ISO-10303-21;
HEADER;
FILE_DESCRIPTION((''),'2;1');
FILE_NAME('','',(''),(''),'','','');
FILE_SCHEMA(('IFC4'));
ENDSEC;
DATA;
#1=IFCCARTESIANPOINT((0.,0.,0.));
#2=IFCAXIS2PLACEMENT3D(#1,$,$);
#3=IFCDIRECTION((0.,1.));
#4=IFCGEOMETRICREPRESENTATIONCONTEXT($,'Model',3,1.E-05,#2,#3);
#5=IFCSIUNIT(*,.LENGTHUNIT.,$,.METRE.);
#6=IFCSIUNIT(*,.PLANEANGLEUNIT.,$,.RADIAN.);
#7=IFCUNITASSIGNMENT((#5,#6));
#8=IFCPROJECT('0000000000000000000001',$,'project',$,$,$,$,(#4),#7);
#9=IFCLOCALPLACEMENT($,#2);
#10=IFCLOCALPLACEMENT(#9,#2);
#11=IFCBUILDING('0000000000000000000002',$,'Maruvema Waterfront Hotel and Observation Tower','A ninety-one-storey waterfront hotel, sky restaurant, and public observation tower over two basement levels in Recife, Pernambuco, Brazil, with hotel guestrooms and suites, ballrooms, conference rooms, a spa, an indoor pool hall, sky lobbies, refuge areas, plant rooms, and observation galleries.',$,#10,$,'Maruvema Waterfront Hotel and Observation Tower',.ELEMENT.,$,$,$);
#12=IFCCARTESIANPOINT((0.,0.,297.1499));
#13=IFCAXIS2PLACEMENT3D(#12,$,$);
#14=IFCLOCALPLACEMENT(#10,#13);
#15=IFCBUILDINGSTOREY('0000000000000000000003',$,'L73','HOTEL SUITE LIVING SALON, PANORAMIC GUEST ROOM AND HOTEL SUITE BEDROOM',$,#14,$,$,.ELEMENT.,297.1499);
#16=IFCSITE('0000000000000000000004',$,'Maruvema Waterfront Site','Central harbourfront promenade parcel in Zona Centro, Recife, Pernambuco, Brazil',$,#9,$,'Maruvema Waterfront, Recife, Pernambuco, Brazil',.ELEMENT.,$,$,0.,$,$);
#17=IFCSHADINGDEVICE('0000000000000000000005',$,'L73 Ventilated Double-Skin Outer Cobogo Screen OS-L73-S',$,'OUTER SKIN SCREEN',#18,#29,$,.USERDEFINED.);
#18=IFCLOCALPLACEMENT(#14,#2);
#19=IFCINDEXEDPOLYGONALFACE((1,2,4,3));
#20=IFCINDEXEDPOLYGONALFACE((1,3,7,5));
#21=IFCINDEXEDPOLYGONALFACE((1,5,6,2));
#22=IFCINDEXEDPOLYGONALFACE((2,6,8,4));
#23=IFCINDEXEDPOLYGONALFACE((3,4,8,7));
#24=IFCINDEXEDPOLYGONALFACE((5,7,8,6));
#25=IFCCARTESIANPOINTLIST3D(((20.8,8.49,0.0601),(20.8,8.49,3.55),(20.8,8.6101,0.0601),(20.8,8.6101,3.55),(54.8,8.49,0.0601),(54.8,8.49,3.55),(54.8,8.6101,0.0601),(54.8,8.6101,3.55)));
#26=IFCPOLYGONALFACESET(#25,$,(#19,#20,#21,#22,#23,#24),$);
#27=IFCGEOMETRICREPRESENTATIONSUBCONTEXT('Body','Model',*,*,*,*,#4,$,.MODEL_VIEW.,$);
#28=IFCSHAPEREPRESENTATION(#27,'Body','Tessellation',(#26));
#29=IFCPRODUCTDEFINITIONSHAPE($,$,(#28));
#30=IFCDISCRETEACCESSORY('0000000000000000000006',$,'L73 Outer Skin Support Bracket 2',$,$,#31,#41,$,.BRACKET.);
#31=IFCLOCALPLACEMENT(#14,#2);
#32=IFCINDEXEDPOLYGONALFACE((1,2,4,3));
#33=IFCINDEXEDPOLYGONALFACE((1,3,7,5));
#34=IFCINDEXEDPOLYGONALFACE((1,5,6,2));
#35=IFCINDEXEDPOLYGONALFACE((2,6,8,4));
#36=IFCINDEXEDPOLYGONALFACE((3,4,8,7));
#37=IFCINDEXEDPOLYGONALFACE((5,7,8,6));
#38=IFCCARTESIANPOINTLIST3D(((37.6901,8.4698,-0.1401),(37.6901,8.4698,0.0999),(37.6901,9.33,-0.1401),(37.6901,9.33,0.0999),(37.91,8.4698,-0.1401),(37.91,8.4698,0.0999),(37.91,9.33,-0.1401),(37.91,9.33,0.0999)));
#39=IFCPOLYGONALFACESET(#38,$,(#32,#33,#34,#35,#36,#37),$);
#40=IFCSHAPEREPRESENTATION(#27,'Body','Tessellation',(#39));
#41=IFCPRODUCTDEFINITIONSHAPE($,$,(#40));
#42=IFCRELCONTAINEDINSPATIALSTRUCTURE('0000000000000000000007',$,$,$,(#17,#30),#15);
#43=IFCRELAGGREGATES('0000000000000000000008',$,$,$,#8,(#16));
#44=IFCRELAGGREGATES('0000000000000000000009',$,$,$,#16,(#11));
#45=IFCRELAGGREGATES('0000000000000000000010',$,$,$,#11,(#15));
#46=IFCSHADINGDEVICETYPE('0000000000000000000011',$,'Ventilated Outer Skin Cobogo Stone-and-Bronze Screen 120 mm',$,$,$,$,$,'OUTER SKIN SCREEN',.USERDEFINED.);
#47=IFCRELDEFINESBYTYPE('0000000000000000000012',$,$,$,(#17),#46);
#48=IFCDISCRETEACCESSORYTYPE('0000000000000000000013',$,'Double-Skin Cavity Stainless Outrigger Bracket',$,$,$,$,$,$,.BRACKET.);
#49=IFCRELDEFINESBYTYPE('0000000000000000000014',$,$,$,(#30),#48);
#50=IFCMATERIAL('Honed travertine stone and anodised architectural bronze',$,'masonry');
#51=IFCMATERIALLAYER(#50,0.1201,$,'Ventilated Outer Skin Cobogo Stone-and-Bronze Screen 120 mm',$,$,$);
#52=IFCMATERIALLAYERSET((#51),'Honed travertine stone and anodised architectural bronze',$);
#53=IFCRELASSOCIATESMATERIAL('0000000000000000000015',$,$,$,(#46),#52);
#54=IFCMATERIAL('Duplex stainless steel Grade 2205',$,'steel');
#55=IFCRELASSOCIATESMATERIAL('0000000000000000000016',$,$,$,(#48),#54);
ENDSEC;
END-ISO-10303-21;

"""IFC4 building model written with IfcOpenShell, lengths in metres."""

from ifc_helpers import new_model, si_unit, direction, frame, origin, origin_2d, place, context, subcontext, project, spatial, rectangle, extrude, material, layer, layer_set, type_object, element, save


model = new_model("IFC4")

# Units and contexts
model_context = context("Model", 3, precision=1e-05, world=origin(), true_north=direction((0.0, 1.0)))
body_context = subcontext(model_context, "Body", "Model", "MODEL_VIEW")
ifc_project = project(units=[si_unit("LENGTHUNIT", "METRE"), si_unit("PLANEANGLEUNIT", "RADIAN")], contexts=[model_context])

# Site, building, storey
site_placement = place(None, origin())
site = spatial("IfcSite", under=ifc_project, at=site_placement, Name="Maruvema Waterfront Site", Description="Central harbourfront promenade parcel in Zona Centro, Recife, Pernambuco, Brazil", LongName="Maruvema Waterfront, Recife, Pernambuco, Brazil", CompositionType="ELEMENT", RefElevation=0.0)
building_placement = place(site_placement, origin())
building = spatial("IfcBuilding", under=site, at=building_placement, Name="Maruvema Waterfront Hotel and Observation Tower", Description="A ninety-one-storey waterfront hotel, sky restaurant, and public observation tower over two basement levels in Recife, Pernambuco, Brazil, with hotel guestrooms and suites, ballrooms, conference rooms, a spa, an indoor pool hall, sky lobbies, refuge areas, plant rooms, and observation galleries.", LongName="Maruvema Waterfront Hotel and Observation Tower", CompositionType="ELEMENT")
storey_placement = place(building_placement, frame((0.0, 0.0, 297.1499)))
storey = spatial("IfcBuildingStorey", under=building, at=storey_placement, Name="L73", Description="HOTEL SUITE LIVING SALON, PANORAMIC GUEST ROOM AND HOTEL SUITE BEDROOM", CompositionType="ELEMENT", Elevation=297.1499)

# Shading device
ifc_material_1 = material(Name="Honed travertine stone and anodised architectural bronze", Category="masonry")
ifc_layer_1 = layer(ifc_material_1, 0.1201, Name="Ventilated Outer Skin Cobogo Stone-and-Bronze Screen 120 mm")
ifc_layer_set_1 = layer_set([ifc_layer_1], Name="Honed travertine stone and anodised architectural bronze")
shading_device_type = type_object("IfcShadingDeviceType", Name="Ventilated Outer Skin Cobogo Stone-and-Bronze Screen 120 mm", ElementType="OUTER SKIN SCREEN", PredefinedType="USERDEFINED", material=ifc_layer_set_1)
shading_device_placement = place(storey_placement, frame((37.8, 8.55, 0.0601), z_axis=(0.0, 0.0, 1.0), x_axis=(1.0, 0.0, 0.0)))
element("IfcShadingDevice", 1, at=shading_device_placement, inside=storey, type_object=shading_device_type, Name="L73 Ventilated Double-Skin Outer Cobogo Screen OS-L73-S", ObjectType="OUTER SKIN SCREEN", PredefinedType="USERDEFINED", context=body_context, shape_type="SweptSolid", body=[
    extrude(rectangle(XDim=34.0, YDim=0.1201, at=origin_2d()), origin(), (0.0, 0.0, 1.0), 3.49),
])

# Discrete accessory
ifc_material_2 = material(Name="Duplex stainless steel Grade 2205", Category="steel")
discrete_accessory_type = type_object("IfcDiscreteAccessoryType", Name="Double-Skin Cavity Stainless Outrigger Bracket", PredefinedType="BRACKET", material=ifc_material_2)
discrete_accessory_placement = place(storey_placement, frame((37.8, 8.8999, -0.1401), z_axis=(0.0, 0.0, 1.0), x_axis=(1.0, 0.0, 0.0)))
element("IfcDiscreteAccessory", 2, at=discrete_accessory_placement, inside=storey, type_object=discrete_accessory_type, Name="L73 Outer Skin Support Bracket 2", PredefinedType="BRACKET", context=body_context, shape_type="SweptSolid", body=[
    extrude(rectangle(XDim=0.22, YDim=0.8601, at=origin_2d()), origin(), (0.0, 0.0, 1.0), 0.24),
])

save(model, "model.ifc")
